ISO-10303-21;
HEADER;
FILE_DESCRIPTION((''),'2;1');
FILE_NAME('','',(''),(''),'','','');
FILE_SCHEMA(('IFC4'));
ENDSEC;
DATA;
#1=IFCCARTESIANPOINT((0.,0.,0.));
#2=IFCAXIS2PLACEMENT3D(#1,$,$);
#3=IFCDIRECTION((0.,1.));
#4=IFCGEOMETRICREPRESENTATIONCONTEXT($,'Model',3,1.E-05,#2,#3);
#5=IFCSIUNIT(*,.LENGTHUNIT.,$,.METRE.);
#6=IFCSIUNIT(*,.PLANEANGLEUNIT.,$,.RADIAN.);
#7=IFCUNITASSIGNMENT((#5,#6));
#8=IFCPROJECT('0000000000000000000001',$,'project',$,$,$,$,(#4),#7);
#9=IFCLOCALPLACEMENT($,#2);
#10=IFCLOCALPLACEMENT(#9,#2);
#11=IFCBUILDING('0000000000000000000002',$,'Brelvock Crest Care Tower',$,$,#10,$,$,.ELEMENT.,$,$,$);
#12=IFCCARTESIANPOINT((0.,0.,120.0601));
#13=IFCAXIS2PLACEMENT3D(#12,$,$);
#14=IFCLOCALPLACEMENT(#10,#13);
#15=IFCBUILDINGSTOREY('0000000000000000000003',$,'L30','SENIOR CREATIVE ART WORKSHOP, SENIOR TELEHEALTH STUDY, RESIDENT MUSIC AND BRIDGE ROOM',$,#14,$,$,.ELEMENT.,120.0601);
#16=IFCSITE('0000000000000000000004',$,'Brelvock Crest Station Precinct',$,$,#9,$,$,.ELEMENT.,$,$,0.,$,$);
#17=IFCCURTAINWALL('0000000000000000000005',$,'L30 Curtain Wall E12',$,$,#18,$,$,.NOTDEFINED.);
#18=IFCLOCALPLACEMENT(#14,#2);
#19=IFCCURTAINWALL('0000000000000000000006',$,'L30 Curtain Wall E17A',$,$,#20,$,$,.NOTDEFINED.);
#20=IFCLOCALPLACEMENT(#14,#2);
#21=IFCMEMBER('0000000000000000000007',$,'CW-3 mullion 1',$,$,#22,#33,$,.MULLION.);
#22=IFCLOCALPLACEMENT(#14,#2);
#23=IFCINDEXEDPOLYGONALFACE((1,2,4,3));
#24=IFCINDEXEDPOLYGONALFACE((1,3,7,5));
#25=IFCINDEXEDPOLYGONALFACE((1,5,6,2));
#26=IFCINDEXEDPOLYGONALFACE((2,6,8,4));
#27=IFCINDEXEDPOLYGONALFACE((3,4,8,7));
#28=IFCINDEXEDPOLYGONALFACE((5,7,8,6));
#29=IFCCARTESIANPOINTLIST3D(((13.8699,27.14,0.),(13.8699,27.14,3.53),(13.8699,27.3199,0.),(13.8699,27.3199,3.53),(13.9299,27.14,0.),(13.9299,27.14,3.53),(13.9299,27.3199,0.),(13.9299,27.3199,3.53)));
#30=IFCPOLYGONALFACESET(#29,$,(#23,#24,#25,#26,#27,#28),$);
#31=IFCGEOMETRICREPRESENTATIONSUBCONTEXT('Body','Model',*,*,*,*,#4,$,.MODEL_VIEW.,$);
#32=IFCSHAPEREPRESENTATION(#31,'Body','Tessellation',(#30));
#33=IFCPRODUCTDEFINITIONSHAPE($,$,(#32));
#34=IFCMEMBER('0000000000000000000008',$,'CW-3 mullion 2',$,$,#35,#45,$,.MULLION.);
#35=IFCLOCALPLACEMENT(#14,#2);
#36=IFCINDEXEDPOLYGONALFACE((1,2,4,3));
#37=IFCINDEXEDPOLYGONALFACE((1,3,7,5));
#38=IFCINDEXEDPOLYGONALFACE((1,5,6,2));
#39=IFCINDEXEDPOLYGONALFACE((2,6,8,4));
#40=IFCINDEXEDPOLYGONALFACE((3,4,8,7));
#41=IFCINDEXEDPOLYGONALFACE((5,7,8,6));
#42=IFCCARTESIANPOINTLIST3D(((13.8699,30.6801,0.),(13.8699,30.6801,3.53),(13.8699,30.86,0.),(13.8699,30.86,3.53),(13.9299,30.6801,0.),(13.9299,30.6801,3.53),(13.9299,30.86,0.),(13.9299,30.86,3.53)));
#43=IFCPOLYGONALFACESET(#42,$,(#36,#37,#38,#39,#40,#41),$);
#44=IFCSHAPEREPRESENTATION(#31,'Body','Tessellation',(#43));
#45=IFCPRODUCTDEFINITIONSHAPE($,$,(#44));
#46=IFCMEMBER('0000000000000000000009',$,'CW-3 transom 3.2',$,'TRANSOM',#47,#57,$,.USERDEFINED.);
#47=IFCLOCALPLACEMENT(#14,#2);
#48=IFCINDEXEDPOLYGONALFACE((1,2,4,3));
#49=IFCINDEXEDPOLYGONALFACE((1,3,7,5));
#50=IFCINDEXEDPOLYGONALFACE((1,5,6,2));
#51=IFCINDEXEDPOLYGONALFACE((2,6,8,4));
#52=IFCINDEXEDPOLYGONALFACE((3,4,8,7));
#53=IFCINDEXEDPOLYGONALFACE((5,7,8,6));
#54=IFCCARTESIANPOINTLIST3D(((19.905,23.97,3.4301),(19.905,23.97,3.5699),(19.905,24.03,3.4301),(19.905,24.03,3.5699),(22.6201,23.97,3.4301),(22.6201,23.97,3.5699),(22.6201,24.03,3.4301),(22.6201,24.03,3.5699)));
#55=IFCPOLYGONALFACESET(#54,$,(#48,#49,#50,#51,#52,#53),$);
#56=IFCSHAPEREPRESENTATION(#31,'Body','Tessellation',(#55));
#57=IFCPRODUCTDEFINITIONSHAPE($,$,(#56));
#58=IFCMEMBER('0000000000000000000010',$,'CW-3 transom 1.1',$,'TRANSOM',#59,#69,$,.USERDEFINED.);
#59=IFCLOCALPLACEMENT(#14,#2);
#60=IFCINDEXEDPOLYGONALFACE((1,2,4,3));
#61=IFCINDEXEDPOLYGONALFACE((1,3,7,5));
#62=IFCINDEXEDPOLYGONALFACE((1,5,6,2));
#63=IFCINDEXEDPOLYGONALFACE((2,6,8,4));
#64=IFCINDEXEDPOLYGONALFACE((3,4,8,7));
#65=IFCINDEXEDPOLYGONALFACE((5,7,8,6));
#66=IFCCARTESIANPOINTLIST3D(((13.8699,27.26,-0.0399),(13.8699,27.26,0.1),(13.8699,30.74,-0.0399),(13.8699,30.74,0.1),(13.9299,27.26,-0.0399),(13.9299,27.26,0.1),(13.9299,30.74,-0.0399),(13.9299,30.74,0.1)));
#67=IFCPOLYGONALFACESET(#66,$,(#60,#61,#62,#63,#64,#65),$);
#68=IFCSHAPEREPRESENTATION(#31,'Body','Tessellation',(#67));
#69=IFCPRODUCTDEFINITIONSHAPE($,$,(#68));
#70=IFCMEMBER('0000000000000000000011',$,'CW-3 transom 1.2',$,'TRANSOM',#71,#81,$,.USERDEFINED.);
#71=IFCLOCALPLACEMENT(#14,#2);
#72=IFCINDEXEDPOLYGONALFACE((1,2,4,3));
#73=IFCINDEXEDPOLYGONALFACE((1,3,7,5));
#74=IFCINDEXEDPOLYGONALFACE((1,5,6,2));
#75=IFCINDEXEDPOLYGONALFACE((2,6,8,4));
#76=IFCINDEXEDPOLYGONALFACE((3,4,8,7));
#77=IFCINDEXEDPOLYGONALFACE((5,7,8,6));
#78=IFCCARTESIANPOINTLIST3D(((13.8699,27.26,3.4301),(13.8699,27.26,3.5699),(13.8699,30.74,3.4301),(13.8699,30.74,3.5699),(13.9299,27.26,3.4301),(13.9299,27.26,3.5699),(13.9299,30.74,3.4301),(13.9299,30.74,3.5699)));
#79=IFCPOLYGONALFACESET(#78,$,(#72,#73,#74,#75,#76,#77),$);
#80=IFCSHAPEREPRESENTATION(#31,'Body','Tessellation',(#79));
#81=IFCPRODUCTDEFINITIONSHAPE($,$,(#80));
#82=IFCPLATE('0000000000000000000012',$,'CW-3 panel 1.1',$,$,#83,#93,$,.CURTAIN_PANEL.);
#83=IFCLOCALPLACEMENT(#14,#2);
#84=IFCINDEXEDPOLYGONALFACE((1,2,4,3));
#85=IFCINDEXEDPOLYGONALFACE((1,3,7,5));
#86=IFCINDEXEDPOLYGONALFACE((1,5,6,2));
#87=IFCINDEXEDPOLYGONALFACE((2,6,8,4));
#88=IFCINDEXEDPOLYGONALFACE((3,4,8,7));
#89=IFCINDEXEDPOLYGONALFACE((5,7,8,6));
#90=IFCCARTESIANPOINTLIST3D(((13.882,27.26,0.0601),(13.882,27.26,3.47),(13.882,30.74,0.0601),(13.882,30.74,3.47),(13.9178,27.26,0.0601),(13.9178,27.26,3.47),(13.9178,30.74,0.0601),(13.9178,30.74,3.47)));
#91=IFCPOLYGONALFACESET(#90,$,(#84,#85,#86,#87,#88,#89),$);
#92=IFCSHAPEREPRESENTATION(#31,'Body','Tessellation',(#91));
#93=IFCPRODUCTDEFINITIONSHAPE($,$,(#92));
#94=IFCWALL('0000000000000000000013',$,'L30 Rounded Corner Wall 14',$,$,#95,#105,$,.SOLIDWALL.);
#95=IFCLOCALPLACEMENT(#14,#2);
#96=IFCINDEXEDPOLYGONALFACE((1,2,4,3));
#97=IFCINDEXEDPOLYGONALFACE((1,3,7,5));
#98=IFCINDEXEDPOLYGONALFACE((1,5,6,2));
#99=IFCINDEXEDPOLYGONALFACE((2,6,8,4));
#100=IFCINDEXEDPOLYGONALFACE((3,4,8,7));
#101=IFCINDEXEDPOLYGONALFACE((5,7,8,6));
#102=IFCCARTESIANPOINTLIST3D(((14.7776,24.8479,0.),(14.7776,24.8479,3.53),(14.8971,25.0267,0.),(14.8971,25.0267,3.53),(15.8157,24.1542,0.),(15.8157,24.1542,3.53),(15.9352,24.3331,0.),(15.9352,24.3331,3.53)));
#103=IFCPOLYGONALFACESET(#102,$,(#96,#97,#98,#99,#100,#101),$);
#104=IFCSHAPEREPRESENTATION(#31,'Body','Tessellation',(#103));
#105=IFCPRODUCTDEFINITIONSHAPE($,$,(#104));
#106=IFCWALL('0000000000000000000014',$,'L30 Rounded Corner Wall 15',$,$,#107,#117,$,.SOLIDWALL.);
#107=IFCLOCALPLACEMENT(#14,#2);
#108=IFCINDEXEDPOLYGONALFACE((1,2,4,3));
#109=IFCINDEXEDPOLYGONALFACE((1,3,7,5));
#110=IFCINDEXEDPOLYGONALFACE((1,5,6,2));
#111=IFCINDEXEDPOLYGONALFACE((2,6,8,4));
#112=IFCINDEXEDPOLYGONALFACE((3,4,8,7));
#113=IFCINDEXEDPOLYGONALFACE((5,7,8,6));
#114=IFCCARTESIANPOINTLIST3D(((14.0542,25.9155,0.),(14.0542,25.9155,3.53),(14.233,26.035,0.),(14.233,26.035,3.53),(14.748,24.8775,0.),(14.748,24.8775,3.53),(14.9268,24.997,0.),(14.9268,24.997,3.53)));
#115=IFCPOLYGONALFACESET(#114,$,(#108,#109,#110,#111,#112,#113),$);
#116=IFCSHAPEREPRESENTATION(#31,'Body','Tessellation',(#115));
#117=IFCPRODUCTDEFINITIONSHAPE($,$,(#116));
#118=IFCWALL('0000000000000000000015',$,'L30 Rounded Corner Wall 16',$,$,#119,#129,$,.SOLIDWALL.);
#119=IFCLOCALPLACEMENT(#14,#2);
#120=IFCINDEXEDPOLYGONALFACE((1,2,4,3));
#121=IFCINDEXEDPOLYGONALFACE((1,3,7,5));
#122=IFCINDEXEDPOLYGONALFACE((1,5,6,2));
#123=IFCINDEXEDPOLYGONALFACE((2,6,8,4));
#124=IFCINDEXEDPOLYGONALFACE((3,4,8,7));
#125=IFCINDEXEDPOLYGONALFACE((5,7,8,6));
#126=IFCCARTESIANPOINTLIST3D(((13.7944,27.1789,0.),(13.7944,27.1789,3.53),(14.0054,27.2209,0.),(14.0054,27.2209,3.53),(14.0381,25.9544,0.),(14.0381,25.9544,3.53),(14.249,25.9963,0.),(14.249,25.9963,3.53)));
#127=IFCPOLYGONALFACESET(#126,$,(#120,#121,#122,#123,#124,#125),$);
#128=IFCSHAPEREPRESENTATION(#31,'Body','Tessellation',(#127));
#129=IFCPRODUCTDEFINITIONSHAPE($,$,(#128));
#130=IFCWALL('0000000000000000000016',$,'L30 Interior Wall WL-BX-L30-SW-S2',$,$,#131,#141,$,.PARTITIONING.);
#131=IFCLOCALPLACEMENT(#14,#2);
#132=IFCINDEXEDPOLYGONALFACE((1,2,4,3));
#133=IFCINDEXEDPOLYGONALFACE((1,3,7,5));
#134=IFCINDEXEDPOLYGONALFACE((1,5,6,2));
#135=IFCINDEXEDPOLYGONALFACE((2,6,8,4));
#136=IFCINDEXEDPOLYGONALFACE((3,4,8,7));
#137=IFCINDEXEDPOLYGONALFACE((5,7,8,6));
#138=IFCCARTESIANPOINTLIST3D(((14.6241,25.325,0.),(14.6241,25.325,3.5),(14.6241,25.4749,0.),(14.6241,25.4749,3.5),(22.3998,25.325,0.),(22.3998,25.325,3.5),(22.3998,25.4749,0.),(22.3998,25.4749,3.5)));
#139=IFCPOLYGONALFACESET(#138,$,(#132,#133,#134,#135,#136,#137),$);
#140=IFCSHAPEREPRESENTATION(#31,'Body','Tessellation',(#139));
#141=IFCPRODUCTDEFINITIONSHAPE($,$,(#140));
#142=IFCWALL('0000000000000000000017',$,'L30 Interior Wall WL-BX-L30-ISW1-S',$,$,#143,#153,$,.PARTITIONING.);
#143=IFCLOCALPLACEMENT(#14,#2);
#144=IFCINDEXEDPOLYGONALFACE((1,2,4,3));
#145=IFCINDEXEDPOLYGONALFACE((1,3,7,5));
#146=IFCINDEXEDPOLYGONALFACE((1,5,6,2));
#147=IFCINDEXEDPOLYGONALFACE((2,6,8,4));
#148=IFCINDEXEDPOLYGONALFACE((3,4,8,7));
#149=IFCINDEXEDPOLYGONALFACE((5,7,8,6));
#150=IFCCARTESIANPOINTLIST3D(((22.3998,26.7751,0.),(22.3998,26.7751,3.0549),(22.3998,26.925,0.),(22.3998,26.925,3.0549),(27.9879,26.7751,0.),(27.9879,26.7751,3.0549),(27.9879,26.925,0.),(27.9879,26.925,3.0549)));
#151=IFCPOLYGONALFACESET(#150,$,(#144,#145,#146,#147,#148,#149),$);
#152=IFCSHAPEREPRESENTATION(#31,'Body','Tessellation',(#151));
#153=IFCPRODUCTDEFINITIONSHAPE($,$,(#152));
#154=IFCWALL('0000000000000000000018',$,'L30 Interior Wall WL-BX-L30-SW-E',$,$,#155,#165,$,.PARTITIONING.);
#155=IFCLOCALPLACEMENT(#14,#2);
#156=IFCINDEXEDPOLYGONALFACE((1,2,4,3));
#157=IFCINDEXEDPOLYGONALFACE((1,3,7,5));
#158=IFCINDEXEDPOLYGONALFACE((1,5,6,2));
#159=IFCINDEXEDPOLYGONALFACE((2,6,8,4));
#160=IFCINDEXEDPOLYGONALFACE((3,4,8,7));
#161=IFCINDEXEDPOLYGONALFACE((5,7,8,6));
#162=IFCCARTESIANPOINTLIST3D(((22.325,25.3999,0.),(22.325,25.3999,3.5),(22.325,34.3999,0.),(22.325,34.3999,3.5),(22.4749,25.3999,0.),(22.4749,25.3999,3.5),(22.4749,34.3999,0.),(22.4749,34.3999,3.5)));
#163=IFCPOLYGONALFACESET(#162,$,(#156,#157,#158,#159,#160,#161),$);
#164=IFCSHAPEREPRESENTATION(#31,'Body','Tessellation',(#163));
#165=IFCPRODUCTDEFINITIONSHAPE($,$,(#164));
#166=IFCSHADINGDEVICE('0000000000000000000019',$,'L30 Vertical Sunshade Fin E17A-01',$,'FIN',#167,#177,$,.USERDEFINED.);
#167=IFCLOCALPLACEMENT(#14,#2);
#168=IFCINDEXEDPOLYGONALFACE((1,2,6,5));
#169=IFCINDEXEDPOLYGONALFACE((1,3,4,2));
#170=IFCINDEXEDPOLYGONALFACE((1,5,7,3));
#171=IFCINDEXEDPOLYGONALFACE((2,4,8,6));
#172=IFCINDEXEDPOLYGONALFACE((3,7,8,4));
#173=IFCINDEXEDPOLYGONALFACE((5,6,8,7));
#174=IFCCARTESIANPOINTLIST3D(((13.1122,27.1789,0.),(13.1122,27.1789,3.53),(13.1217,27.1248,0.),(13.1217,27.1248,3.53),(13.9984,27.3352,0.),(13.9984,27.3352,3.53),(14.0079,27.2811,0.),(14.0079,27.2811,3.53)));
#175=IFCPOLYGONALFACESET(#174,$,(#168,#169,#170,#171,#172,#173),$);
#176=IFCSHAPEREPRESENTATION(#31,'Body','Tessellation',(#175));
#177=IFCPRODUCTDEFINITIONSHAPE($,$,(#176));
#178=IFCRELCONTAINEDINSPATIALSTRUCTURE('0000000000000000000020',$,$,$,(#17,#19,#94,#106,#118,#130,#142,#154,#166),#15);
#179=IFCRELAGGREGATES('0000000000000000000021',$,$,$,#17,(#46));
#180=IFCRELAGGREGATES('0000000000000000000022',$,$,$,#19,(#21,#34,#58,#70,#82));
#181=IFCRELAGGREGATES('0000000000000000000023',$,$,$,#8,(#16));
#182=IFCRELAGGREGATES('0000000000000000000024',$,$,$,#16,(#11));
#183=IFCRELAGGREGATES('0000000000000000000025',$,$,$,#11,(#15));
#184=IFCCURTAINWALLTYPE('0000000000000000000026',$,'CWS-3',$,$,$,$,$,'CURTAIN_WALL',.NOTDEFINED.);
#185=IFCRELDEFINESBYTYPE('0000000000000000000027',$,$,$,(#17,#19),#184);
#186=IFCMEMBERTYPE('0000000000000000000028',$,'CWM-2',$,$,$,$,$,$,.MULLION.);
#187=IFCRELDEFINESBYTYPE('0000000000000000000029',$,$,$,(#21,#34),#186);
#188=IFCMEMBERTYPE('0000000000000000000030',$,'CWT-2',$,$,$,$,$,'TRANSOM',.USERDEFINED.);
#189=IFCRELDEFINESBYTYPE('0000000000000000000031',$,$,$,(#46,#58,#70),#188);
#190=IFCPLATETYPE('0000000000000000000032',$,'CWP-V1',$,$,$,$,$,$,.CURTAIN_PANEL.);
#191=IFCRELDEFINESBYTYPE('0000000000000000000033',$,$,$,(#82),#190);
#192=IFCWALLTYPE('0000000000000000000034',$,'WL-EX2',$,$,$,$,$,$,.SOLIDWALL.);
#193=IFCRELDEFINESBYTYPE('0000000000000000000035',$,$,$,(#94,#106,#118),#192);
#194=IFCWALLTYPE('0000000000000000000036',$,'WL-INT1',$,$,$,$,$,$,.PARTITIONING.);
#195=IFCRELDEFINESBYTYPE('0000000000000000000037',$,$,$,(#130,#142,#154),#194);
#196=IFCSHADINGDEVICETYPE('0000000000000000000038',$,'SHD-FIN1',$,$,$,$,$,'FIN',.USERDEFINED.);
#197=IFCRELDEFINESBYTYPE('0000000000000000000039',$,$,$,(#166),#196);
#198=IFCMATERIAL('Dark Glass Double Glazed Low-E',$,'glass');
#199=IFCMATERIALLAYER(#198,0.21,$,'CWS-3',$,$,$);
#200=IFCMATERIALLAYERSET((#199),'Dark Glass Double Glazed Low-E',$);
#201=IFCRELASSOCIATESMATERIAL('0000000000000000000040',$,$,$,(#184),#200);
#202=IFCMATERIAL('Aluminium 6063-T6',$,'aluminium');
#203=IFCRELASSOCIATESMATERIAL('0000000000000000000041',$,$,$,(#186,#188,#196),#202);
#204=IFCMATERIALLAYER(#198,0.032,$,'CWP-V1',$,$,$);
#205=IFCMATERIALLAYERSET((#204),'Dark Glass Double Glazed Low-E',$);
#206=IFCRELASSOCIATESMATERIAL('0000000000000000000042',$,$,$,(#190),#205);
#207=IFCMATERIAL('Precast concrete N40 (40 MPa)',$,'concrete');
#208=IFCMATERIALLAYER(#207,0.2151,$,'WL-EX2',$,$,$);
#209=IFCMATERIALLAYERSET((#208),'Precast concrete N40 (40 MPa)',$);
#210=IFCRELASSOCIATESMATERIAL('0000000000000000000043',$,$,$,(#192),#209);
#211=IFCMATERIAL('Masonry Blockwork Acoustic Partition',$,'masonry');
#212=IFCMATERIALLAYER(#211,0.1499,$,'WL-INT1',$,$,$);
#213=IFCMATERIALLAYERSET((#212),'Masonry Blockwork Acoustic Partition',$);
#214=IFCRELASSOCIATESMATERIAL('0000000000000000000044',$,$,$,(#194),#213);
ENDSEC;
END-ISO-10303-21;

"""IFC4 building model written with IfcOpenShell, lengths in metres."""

from ifc_helpers import new_model, si_unit, direction, frame, frame_2d, origin, origin_2d, place, context, subcontext, project, spatial, rectangle, extrude, source, transform, mapped, material, layer, layer_set, material_profile, profile_set, type_object, element, aggregate, save


model = new_model("IFC4")

# Units and contexts
model_context = context("Model", 3, precision=1e-05, world=origin(), true_north=direction((0.0, 1.0)))
body_context = subcontext(model_context, "Body", "Model", "MODEL_VIEW")
ifc_project = project(units=[si_unit("LENGTHUNIT", "METRE"), si_unit("PLANEANGLEUNIT", "RADIAN")], contexts=[model_context])

# Site, building, storey
site_placement = place(None, origin())
site = spatial("IfcSite", under=ifc_project, at=site_placement, Name="Brelvock Crest Station Precinct", CompositionType="ELEMENT", RefElevation=0.0)
building_placement = place(site_placement, origin())
building = spatial("IfcBuilding", under=site, at=building_placement, Name="Brelvock Crest Care Tower", CompositionType="ELEMENT")
storey_placement = place(building_placement, frame((0.0, 0.0, 120.0601)))
storey = spatial("IfcBuildingStorey", under=building, at=storey_placement, Name="L30", Description="SENIOR CREATIVE ART WORKSHOP, SENIOR TELEHEALTH STUDY, RESIDENT MUSIC AND BRIDGE ROOM", CompositionType="ELEMENT", Elevation=120.0601)

# Curtain wall
ifc_material_1 = material(Name="Dark Glass Double Glazed Low-E", Category="glass")
ifc_layer_1 = layer(ifc_material_1, 0.21, Name="CWS-3")
ifc_layer_set_1 = layer_set([ifc_layer_1], Name="Dark Glass Double Glazed Low-E")
curtain_wall_type = type_object("IfcCurtainWallType", Name="CWS-3", ElementType="CURTAIN_WALL", PredefinedType="NOTDEFINED", material=ifc_layer_set_1)
curtain_wall_1_placement = place(storey_placement, origin())
curtain_wall_1 = element("IfcCurtainWall", 1, at=curtain_wall_1_placement, inside=storey, type_object=curtain_wall_type, Name="L30 Curtain Wall E12", PredefinedType="NOTDEFINED")
ifc_material_2 = material(Name="Aluminium 6063-T6", Category="aluminium")
ifc_material_profile_1 = material_profile(ifc_material_2, rectangle(XDim=0.0601, YDim=0.1799, at=origin_2d()), Name="ALU60x180")
ifc_profile_set_1 = profile_set([ifc_material_profile_1], Name="Aluminium 6063-T6")
member_type_1 = type_object("IfcMemberType", Name="CWM-2", PredefinedType="MULLION", material=ifc_profile_set_1)
shared_shape_1 = source(origin(), body_context, "Body", "SweptSolid", [
    extrude(rectangle(XDim=0.0601, YDim=0.1799, at=origin_2d()), origin(), (0.0, 0.0, 1.0), 3.53),
])

# Curtain wall, members
curtain_wall_2_placement = place(storey_placement, origin())
curtain_wall_2 = element("IfcCurtainWall", 2, at=curtain_wall_2_placement, inside=storey, type_object=curtain_wall_type, Name="L30 Curtain Wall E17A", PredefinedType="NOTDEFINED")
member_1_placement = place(storey_placement, frame((13.8999, 27.23, 0.0), z_axis=(0.0, 0.0, 1.0), x_axis=(-1.0, 0.0, 0.0)))
member_1 = element("IfcMember", 3, at=member_1_placement, type_object=member_type_1, Name="CW-3 mullion 1", PredefinedType="MULLION", context=body_context, shape_type="MappedRepresentation", body=[
    mapped(shared_shape_1, transform((0.0, 0.0, 0.0), x_axis=(1.0, 0.0, 0.0), y_axis=(0.0, 1.0, 0.0), z_axis=(0.0, 0.0, 1.0), scale=1.0)),
])
member_2_placement = place(storey_placement, frame((13.8999, 30.77, 0.0), z_axis=(0.0, 0.0, 1.0), x_axis=(-1.0, 0.0, 0.0)))
member_2 = element("IfcMember", 4, at=member_2_placement, type_object=member_type_1, Name="CW-3 mullion 2", PredefinedType="MULLION", context=body_context, shape_type="MappedRepresentation", body=[
    mapped(shared_shape_1, transform((0.0, 0.0, 0.0), x_axis=(1.0, 0.0, 0.0), y_axis=(0.0, 1.0, 0.0), z_axis=(0.0, 0.0, 1.0), scale=1.0)),
])

# Members
ifc_material_profile_2 = material_profile(ifc_material_2, rectangle(XDim=0.0601, YDim=0.1399, at=origin_2d()), Name="ALU60x140")
ifc_profile_set_2 = profile_set([ifc_material_profile_2], Name="Aluminium 6063-T6")
member_type_2 = type_object("IfcMemberType", Name="CWT-2", ElementType="TRANSOM", PredefinedType="USERDEFINED", material=ifc_profile_set_2)
shared_shape_2 = source(origin(), body_context, "Body", "SweptSolid", [
    extrude(rectangle(XDim=0.0601, YDim=0.1399, at=origin_2d()), origin(), (0.0, 0.0, 1.0), 2.7151),
])
member_3_placement = place(storey_placement, frame((22.6201, 24.0, 3.5), z_axis=(-1.0, 0.0, 0.0), x_axis=(0.0, -1.0, 0.0)))
member_3 = element("IfcMember", 5, at=member_3_placement, type_object=member_type_2, Name="CW-3 transom 3.2", ObjectType="TRANSOM", PredefinedType="USERDEFINED", context=body_context, shape_type="MappedRepresentation", body=[
    mapped(shared_shape_2, transform((0.0, 0.0, 0.0), x_axis=(1.0, 0.0, 0.0), y_axis=(0.0, 1.0, 0.0), z_axis=(0.0, 0.0, 1.0), scale=1.0)),
])
aggregate(curtain_wall_1, [member_3])
shared_shape_3 = source(origin(), body_context, "Body", "SweptSolid", [
    extrude(rectangle(XDim=0.0601, YDim=0.1399, at=origin_2d()), origin(), (0.0, 0.0, 1.0), 3.48),
])
member_4_placement = place(storey_placement, frame((13.8999, 27.26, 0.03), z_axis=(0.0, 1.0, 0.0), x_axis=(-1.0, 0.0, 0.0)))
member_4 = element("IfcMember", 6, at=member_4_placement, type_object=member_type_2, Name="CW-3 transom 1.1", ObjectType="TRANSOM", PredefinedType="USERDEFINED", context=body_context, shape_type="MappedRepresentation", body=[
    mapped(shared_shape_3, transform((0.0, 0.0, 0.0), x_axis=(1.0, 0.0, 0.0), y_axis=(0.0, 1.0, 0.0), z_axis=(0.0, 0.0, 1.0), scale=1.0)),
])
member_5_placement = place(storey_placement, frame((13.8999, 27.26, 3.5), z_axis=(0.0, 1.0, 0.0), x_axis=(-1.0, 0.0, 0.0)))
member_5 = element("IfcMember", 7, at=member_5_placement, type_object=member_type_2, Name="CW-3 transom 1.2", ObjectType="TRANSOM", PredefinedType="USERDEFINED", context=body_context, shape_type="MappedRepresentation", body=[
    mapped(shared_shape_3, transform((0.0, 0.0, 0.0), x_axis=(1.0, 0.0, 0.0), y_axis=(0.0, 1.0, 0.0), z_axis=(0.0, 0.0, 1.0), scale=1.0)),
])

# Plate
ifc_layer_2 = layer(ifc_material_1, 0.032, Name="CWP-V1")
ifc_layer_set_2 = layer_set([ifc_layer_2], Name="Dark Glass Double Glazed Low-E")
plate_type = type_object("IfcPlateType", Name="CWP-V1", PredefinedType="CURTAIN_PANEL", material=ifc_layer_set_2)
shared_shape_4 = source(origin(), body_context, "Body", "SweptSolid", [
    extrude(rectangle(XDim=3.48, YDim=0.0359, at=origin_2d()), origin(), (0.0, 0.0, 1.0), 3.4099),
])
plate_placement = place(storey_placement, frame((13.8999, 29.0, 0.0601), z_axis=(0.0, 0.0, 1.0), x_axis=(0.0, 1.0, 0.0)))
plate = element("IfcPlate", 8, at=plate_placement, type_object=plate_type, Name="CW-3 panel 1.1", PredefinedType="CURTAIN_PANEL", context=body_context, shape_type="MappedRepresentation", body=[
    mapped(shared_shape_4, transform((0.0, 0.0, 0.0), x_axis=(1.0, 0.0, 0.0), y_axis=(0.0, 1.0, 0.0), z_axis=(0.0, 0.0, 1.0), scale=1.0)),
])
aggregate(curtain_wall_2, [member_1, member_2, member_4, member_5, plate])

# Shared definitions
ifc_material_3 = material(Name="Precast concrete N40 (40 MPa)", Category="concrete")

# Walls
ifc_layer_3 = layer(ifc_material_3, 0.2151, Name="WL-EX2")
ifc_layer_set_3 = layer_set([ifc_layer_3], Name="Precast concrete N40 (40 MPa)")
wall_type_1 = type_object("IfcWallType", Name="WL-EX2", PredefinedType="SOLIDWALL", material=ifc_layer_set_3)
for number, where, z_axis, x_axis, name in (
    (9, (15.8755, 24.2437, 0.0), (0.0, 0.0, 1.0), (-0.831478, 0.555557, 0.0), "L30 Rounded Corner Wall 14"),
    (10, (14.8374, 24.9373, 0.0), (0.0, 0.0, 1.0), (-0.555692, 0.831388, 0.0), "L30 Rounded Corner Wall 15"),
    (11, (14.1436, 25.9753, 0.0), (0.0, 0.0, 1.0), (-0.195138, 0.980776, 0.0), "L30 Rounded Corner Wall 16"),
):
    element("IfcWall", number, at=place(storey_placement, frame(where, z_axis=z_axis, x_axis=x_axis)), inside=storey, type_object=wall_type_1, Name=name, PredefinedType="SOLIDWALL", context=body_context, shape_type="SweptSolid", body=[
        extrude(rectangle(XDim=1.2485, YDim=0.2151, at=frame_2d((0.6243, 0.0))), origin(), (0.0, 0.0, 1.0), 3.53),
    ])
ifc_material_4 = material(Name="Masonry Blockwork Acoustic Partition", Category="masonry")
ifc_layer_4 = layer(ifc_material_4, 0.1499, Name="WL-INT1")
ifc_layer_set_4 = layer_set([ifc_layer_4], Name="Masonry Blockwork Acoustic Partition")
wall_type_2 = type_object("IfcWallType", Name="WL-INT1", PredefinedType="PARTITIONING", material=ifc_layer_set_4)
wall_1_placement = place(storey_placement, frame((14.6243, 25.3999, 0.0), z_axis=(0.0, 0.0, 1.0), x_axis=(1.0, 0.0, 0.0)))
element("IfcWall", 12, at=wall_1_placement, inside=storey, type_object=wall_type_2, Name="L30 Interior Wall WL-BX-L30-SW-S2", PredefinedType="PARTITIONING", context=body_context, shape_type="SweptSolid", body=[
    extrude(rectangle(XDim=7.7756, YDim=0.1499, at=frame_2d((3.8877, 0.0))), origin(), (0.0, 0.0, 1.0), 3.5),
])
wall_2_placement = place(storey_placement, frame((22.3999, 26.8501, 0.0), z_axis=(0.0, 0.0, 1.0), x_axis=(1.0, 0.0, 0.0)))
element("IfcWall", 13, at=wall_2_placement, inside=storey, type_object=wall_type_2, Name="L30 Interior Wall WL-BX-L30-ISW1-S", PredefinedType="PARTITIONING", context=body_context, shape_type="SweptSolid", body=[
    extrude(rectangle(XDim=5.5881, YDim=0.1499, at=frame_2d((2.7939, 0.0))), origin(), (0.0, 0.0, 1.0), 3.0549),
])
wall_3_placement = place(storey_placement, frame((22.3999, 25.3999, 0.0), z_axis=(0.0, 0.0, 1.0), x_axis=(0.0, 1.0, 0.0)))
element("IfcWall", 14, at=wall_3_placement, inside=storey, type_object=wall_type_2, Name="L30 Interior Wall WL-BX-L30-SW-E", PredefinedType="PARTITIONING", context=body_context, shape_type="SweptSolid", body=[
    extrude(rectangle(XDim=9.0, YDim=0.1499, at=frame_2d((4.5, 0.0))), origin(), (0.0, 0.0, 1.0), 3.5),
])

# Shading device
ifc_material_profile_3 = material_profile(ifc_material_2, rectangle(XDim=0.0549, YDim=0.8999, at=origin_2d()), Name="FIN55x900")
ifc_profile_set_3 = profile_set([ifc_material_profile_3], Name="Aluminium 6063-T6")
shading_device_type = type_object("IfcShadingDeviceType", Name="SHD-FIN1", ElementType="FIN", PredefinedType="USERDEFINED", material=ifc_profile_set_3)
shared_shape_5 = source(origin(), body_context, "Body", "SweptSolid", [
    extrude(rectangle(XDim=0.0549, YDim=0.8999, at=origin_2d()), origin(), (0.0, 0.0, 1.0), 3.53),
])
for number, where, z_axis, x_axis, name in (
    (15, (13.5601, 27.23, 0.0), (0.0, 0.0, 1.0), (-0.173648, 0.984808, 0.0), "L30 Vertical Sunshade Fin E17A-01"),
):
    element("IfcShadingDevice", number, at=place(storey_placement, frame(where, z_axis=z_axis, x_axis=x_axis)), inside=storey, type_object=shading_device_type, Name=name, ObjectType="FIN", PredefinedType="USERDEFINED", context=body_context, shape_type="MappedRepresentation", body=[
        mapped(shared_shape_5, transform((0.0, 0.0, 0.0), x_axis=(1.0, 0.0, 0.0), y_axis=(0.0, 1.0, 0.0), z_axis=(0.0, 0.0, 1.0), scale=1.0)),
    ])

save(model, "model.ifc")
